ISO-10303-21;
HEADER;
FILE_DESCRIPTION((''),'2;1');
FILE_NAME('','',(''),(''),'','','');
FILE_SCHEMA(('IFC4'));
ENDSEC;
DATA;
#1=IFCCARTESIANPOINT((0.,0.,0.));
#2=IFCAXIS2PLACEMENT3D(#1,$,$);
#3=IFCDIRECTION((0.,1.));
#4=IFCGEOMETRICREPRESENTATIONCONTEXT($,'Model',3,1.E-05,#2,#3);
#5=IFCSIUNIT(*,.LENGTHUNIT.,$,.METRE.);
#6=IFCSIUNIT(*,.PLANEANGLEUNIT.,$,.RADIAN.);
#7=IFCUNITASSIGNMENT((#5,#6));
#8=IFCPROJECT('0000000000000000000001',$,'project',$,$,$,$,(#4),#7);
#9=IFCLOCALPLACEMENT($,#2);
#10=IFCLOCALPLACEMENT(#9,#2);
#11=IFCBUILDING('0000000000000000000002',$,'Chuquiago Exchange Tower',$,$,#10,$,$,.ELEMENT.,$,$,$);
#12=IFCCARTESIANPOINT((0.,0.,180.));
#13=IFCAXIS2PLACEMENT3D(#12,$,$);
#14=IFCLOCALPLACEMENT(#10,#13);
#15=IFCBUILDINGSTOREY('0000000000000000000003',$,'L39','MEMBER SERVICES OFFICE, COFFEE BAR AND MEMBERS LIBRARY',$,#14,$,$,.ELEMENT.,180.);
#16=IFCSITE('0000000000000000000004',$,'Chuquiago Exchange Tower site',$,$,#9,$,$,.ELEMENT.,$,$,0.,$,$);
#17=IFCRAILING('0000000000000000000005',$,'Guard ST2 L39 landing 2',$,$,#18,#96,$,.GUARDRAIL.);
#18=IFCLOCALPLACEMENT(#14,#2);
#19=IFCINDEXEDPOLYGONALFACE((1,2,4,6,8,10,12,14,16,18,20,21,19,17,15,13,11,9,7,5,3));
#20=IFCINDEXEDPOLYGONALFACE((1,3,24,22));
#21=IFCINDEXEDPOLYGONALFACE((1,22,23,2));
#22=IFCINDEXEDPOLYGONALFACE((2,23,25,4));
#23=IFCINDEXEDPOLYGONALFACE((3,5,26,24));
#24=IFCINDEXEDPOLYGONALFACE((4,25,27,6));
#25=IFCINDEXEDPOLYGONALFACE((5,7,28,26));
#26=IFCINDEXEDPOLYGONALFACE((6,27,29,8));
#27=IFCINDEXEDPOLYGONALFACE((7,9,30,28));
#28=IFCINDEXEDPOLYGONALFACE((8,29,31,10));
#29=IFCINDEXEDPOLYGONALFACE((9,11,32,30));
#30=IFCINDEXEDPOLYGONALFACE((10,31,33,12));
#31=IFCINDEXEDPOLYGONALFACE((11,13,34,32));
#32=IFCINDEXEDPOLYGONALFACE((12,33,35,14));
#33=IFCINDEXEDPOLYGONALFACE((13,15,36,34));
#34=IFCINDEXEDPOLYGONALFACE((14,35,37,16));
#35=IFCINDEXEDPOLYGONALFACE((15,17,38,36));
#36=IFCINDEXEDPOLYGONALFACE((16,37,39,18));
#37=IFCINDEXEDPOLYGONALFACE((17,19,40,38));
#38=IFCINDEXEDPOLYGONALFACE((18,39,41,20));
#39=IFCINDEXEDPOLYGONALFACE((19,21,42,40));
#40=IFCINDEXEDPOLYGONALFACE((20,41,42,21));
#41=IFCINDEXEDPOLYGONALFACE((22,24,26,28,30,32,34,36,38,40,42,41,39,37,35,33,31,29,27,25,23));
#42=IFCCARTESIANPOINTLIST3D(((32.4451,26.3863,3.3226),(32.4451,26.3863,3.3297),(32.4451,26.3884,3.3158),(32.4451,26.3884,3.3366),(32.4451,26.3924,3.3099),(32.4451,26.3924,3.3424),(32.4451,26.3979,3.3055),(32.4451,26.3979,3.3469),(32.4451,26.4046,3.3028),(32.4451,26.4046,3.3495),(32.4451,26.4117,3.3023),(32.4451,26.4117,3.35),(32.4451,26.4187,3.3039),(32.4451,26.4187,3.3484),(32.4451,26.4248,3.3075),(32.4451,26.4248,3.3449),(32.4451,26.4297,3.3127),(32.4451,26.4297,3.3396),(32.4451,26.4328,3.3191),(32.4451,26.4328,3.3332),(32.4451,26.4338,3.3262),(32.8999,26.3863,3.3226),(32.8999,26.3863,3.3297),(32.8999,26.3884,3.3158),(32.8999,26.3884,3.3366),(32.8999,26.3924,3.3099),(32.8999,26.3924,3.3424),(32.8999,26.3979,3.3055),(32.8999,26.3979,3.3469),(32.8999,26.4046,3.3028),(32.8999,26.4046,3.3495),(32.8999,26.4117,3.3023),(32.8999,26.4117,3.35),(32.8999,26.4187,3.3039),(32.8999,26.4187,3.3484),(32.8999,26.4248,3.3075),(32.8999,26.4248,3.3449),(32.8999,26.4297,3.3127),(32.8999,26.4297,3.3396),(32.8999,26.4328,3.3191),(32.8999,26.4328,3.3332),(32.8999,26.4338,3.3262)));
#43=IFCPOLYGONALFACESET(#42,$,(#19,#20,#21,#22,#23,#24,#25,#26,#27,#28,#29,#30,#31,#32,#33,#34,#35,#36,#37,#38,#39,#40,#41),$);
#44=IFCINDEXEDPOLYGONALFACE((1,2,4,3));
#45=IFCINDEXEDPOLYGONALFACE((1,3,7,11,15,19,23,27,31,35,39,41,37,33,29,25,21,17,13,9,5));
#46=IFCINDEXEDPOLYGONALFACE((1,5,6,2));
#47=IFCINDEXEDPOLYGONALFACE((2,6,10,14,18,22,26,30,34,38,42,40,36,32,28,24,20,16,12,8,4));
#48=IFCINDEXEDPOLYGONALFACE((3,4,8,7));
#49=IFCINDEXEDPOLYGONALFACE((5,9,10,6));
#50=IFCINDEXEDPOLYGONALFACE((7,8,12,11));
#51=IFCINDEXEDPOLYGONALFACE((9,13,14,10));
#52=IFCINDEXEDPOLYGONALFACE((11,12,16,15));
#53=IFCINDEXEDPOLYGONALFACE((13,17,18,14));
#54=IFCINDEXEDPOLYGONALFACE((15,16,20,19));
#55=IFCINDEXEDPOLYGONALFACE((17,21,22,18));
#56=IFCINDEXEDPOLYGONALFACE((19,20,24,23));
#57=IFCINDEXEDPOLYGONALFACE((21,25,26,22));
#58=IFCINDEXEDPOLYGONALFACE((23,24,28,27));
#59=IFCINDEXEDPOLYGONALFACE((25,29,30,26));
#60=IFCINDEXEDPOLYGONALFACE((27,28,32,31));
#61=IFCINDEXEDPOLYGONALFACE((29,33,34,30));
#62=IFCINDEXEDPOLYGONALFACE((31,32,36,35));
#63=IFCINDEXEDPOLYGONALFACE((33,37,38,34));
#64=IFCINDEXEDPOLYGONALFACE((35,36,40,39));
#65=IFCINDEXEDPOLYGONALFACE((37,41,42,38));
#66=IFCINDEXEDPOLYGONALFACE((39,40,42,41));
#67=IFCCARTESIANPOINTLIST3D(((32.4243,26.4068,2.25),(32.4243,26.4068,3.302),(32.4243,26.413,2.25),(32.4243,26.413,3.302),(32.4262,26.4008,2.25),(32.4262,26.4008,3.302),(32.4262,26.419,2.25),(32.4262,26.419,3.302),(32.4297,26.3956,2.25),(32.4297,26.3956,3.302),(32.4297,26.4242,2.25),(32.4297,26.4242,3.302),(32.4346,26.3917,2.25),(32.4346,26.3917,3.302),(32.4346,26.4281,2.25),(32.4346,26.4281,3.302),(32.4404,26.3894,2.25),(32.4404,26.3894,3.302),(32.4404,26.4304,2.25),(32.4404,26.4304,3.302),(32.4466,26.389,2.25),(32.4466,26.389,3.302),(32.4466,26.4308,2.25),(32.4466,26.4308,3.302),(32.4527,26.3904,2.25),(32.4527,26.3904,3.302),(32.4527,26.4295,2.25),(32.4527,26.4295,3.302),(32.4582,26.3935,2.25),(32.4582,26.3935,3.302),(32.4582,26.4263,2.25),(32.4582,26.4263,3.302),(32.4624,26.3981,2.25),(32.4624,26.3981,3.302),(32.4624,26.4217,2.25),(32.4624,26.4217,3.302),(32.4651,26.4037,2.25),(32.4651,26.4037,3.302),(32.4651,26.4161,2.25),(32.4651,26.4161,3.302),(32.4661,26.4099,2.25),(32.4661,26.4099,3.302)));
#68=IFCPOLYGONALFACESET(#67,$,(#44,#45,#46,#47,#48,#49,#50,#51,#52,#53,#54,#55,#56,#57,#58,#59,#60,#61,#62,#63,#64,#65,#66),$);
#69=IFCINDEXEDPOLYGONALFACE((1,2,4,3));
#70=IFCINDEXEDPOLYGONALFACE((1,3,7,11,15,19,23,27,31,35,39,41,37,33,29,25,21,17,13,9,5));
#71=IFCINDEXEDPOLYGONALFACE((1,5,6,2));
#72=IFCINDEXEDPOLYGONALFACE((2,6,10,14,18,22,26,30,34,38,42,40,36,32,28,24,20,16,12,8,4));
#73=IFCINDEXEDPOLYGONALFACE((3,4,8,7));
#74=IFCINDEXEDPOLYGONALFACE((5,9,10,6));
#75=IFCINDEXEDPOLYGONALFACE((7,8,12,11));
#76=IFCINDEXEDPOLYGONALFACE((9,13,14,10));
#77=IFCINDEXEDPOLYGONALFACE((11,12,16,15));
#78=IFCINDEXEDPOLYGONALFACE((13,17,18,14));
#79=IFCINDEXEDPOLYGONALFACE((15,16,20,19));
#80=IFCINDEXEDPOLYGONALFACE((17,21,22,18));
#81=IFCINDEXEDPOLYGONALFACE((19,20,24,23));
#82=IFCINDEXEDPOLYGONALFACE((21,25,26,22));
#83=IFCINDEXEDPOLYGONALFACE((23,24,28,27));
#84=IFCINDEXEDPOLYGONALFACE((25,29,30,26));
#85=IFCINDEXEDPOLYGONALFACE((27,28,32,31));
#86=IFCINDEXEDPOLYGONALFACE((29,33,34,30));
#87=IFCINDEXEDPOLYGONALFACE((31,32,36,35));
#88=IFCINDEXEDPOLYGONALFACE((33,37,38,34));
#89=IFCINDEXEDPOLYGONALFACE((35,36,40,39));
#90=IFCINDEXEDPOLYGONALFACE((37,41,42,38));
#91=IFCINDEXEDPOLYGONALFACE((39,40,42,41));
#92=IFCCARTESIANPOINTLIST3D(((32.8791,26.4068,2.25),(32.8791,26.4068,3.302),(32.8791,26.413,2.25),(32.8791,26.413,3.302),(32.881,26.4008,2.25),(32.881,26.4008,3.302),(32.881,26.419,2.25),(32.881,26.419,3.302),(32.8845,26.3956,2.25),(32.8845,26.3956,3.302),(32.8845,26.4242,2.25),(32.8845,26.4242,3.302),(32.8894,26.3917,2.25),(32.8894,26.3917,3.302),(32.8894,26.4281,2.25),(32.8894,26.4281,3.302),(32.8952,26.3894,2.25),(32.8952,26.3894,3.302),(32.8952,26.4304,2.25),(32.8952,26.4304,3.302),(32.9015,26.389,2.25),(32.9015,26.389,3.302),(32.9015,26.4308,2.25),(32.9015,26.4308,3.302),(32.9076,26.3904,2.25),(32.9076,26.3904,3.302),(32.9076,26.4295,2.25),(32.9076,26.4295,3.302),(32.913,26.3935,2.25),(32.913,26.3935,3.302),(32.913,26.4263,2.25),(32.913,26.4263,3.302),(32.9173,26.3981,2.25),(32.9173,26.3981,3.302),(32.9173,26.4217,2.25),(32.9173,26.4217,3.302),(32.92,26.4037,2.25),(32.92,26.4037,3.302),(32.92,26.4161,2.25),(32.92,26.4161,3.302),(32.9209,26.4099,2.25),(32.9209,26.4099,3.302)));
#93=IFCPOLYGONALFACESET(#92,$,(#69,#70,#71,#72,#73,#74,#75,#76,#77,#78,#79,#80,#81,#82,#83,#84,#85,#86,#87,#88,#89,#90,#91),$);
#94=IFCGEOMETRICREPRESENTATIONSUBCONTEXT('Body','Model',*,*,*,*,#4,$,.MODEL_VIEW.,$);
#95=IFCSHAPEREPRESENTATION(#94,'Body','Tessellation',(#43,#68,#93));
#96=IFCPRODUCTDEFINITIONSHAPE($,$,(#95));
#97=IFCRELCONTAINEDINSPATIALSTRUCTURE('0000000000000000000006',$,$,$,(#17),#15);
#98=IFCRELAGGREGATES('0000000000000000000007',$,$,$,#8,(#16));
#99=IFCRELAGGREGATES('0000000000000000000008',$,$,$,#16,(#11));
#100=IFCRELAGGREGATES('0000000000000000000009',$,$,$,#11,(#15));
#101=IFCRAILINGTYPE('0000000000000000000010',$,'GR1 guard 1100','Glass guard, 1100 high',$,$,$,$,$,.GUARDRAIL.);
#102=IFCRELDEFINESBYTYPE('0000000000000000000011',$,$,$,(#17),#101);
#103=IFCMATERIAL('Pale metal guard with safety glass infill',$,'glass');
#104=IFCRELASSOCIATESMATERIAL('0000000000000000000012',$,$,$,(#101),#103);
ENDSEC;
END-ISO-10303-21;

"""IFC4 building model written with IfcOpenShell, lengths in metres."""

from ifc_helpers import new_model, si_unit, direction, frame, origin, origin_2d, place, context, subcontext, project, spatial, circle, extrude, material, type_object, element, save


model = new_model("IFC4")

# Units and contexts
model_context = context("Model", 3, precision=1e-05, world=origin(), true_north=direction((0.0, 1.0)))
body_context = subcontext(model_context, "Body", "Model", "MODEL_VIEW")
ifc_project = project(units=[si_unit("LENGTHUNIT", "METRE"), si_unit("PLANEANGLEUNIT", "RADIAN")], contexts=[model_context])

# Site, building, storey
site_placement = place(None, origin())
site = spatial("IfcSite", under=ifc_project, at=site_placement, Name="Chuquiago Exchange Tower site", CompositionType="ELEMENT", RefElevation=0.0)
building_placement = place(site_placement, origin())
building = spatial("IfcBuilding", under=site, at=building_placement, Name="Chuquiago Exchange Tower", CompositionType="ELEMENT")
storey_placement = place(building_placement, frame((0.0, 0.0, 180.0)))
storey = spatial("IfcBuildingStorey", under=building, at=storey_placement, Name="L39", Description="MEMBER SERVICES OFFICE, COFFEE BAR AND MEMBERS LIBRARY", CompositionType="ELEMENT", Elevation=180.0)

# Railing
ifc_material_1 = material(Name="Pale metal guard with safety glass infill", Category="glass")
railing_type_1 = type_object("IfcRailingType", Name="GR1 guard 1100", Description="Glass guard, 1100 high", PredefinedType="GUARDRAIL", material=ifc_material_1)
railing_1_placement = place(storey_placement, frame((32.4451, 26.4099, 2.25)))
element("IfcRailing", 1, at=railing_1_placement, inside=storey, type_object=railing_type_1, Name="Guard ST2 L39 landing 2", PredefinedType="GUARDRAIL", context=body_context, shape_type="SweptSolid", body=[
    extrude(circle(Radius=0.0239, at=origin_2d()), frame((0.0, 0.0, 1.0762), z_axis=(1.0, 0.0, 0.0), x_axis=(0.0, 1.0, 0.0)), (0.0, 0.0, 1.0), 0.4548),
    extrude(circle(Radius=0.021, at=origin_2d()), origin(), (0.0, 0.0, 1.0), 1.052),
    extrude(circle(Radius=0.021, at=origin_2d()), frame((0.4548, 0.0, 0.0)), (0.0, 0.0, 1.0), 1.052),
])

save(model, "model.ifc")
